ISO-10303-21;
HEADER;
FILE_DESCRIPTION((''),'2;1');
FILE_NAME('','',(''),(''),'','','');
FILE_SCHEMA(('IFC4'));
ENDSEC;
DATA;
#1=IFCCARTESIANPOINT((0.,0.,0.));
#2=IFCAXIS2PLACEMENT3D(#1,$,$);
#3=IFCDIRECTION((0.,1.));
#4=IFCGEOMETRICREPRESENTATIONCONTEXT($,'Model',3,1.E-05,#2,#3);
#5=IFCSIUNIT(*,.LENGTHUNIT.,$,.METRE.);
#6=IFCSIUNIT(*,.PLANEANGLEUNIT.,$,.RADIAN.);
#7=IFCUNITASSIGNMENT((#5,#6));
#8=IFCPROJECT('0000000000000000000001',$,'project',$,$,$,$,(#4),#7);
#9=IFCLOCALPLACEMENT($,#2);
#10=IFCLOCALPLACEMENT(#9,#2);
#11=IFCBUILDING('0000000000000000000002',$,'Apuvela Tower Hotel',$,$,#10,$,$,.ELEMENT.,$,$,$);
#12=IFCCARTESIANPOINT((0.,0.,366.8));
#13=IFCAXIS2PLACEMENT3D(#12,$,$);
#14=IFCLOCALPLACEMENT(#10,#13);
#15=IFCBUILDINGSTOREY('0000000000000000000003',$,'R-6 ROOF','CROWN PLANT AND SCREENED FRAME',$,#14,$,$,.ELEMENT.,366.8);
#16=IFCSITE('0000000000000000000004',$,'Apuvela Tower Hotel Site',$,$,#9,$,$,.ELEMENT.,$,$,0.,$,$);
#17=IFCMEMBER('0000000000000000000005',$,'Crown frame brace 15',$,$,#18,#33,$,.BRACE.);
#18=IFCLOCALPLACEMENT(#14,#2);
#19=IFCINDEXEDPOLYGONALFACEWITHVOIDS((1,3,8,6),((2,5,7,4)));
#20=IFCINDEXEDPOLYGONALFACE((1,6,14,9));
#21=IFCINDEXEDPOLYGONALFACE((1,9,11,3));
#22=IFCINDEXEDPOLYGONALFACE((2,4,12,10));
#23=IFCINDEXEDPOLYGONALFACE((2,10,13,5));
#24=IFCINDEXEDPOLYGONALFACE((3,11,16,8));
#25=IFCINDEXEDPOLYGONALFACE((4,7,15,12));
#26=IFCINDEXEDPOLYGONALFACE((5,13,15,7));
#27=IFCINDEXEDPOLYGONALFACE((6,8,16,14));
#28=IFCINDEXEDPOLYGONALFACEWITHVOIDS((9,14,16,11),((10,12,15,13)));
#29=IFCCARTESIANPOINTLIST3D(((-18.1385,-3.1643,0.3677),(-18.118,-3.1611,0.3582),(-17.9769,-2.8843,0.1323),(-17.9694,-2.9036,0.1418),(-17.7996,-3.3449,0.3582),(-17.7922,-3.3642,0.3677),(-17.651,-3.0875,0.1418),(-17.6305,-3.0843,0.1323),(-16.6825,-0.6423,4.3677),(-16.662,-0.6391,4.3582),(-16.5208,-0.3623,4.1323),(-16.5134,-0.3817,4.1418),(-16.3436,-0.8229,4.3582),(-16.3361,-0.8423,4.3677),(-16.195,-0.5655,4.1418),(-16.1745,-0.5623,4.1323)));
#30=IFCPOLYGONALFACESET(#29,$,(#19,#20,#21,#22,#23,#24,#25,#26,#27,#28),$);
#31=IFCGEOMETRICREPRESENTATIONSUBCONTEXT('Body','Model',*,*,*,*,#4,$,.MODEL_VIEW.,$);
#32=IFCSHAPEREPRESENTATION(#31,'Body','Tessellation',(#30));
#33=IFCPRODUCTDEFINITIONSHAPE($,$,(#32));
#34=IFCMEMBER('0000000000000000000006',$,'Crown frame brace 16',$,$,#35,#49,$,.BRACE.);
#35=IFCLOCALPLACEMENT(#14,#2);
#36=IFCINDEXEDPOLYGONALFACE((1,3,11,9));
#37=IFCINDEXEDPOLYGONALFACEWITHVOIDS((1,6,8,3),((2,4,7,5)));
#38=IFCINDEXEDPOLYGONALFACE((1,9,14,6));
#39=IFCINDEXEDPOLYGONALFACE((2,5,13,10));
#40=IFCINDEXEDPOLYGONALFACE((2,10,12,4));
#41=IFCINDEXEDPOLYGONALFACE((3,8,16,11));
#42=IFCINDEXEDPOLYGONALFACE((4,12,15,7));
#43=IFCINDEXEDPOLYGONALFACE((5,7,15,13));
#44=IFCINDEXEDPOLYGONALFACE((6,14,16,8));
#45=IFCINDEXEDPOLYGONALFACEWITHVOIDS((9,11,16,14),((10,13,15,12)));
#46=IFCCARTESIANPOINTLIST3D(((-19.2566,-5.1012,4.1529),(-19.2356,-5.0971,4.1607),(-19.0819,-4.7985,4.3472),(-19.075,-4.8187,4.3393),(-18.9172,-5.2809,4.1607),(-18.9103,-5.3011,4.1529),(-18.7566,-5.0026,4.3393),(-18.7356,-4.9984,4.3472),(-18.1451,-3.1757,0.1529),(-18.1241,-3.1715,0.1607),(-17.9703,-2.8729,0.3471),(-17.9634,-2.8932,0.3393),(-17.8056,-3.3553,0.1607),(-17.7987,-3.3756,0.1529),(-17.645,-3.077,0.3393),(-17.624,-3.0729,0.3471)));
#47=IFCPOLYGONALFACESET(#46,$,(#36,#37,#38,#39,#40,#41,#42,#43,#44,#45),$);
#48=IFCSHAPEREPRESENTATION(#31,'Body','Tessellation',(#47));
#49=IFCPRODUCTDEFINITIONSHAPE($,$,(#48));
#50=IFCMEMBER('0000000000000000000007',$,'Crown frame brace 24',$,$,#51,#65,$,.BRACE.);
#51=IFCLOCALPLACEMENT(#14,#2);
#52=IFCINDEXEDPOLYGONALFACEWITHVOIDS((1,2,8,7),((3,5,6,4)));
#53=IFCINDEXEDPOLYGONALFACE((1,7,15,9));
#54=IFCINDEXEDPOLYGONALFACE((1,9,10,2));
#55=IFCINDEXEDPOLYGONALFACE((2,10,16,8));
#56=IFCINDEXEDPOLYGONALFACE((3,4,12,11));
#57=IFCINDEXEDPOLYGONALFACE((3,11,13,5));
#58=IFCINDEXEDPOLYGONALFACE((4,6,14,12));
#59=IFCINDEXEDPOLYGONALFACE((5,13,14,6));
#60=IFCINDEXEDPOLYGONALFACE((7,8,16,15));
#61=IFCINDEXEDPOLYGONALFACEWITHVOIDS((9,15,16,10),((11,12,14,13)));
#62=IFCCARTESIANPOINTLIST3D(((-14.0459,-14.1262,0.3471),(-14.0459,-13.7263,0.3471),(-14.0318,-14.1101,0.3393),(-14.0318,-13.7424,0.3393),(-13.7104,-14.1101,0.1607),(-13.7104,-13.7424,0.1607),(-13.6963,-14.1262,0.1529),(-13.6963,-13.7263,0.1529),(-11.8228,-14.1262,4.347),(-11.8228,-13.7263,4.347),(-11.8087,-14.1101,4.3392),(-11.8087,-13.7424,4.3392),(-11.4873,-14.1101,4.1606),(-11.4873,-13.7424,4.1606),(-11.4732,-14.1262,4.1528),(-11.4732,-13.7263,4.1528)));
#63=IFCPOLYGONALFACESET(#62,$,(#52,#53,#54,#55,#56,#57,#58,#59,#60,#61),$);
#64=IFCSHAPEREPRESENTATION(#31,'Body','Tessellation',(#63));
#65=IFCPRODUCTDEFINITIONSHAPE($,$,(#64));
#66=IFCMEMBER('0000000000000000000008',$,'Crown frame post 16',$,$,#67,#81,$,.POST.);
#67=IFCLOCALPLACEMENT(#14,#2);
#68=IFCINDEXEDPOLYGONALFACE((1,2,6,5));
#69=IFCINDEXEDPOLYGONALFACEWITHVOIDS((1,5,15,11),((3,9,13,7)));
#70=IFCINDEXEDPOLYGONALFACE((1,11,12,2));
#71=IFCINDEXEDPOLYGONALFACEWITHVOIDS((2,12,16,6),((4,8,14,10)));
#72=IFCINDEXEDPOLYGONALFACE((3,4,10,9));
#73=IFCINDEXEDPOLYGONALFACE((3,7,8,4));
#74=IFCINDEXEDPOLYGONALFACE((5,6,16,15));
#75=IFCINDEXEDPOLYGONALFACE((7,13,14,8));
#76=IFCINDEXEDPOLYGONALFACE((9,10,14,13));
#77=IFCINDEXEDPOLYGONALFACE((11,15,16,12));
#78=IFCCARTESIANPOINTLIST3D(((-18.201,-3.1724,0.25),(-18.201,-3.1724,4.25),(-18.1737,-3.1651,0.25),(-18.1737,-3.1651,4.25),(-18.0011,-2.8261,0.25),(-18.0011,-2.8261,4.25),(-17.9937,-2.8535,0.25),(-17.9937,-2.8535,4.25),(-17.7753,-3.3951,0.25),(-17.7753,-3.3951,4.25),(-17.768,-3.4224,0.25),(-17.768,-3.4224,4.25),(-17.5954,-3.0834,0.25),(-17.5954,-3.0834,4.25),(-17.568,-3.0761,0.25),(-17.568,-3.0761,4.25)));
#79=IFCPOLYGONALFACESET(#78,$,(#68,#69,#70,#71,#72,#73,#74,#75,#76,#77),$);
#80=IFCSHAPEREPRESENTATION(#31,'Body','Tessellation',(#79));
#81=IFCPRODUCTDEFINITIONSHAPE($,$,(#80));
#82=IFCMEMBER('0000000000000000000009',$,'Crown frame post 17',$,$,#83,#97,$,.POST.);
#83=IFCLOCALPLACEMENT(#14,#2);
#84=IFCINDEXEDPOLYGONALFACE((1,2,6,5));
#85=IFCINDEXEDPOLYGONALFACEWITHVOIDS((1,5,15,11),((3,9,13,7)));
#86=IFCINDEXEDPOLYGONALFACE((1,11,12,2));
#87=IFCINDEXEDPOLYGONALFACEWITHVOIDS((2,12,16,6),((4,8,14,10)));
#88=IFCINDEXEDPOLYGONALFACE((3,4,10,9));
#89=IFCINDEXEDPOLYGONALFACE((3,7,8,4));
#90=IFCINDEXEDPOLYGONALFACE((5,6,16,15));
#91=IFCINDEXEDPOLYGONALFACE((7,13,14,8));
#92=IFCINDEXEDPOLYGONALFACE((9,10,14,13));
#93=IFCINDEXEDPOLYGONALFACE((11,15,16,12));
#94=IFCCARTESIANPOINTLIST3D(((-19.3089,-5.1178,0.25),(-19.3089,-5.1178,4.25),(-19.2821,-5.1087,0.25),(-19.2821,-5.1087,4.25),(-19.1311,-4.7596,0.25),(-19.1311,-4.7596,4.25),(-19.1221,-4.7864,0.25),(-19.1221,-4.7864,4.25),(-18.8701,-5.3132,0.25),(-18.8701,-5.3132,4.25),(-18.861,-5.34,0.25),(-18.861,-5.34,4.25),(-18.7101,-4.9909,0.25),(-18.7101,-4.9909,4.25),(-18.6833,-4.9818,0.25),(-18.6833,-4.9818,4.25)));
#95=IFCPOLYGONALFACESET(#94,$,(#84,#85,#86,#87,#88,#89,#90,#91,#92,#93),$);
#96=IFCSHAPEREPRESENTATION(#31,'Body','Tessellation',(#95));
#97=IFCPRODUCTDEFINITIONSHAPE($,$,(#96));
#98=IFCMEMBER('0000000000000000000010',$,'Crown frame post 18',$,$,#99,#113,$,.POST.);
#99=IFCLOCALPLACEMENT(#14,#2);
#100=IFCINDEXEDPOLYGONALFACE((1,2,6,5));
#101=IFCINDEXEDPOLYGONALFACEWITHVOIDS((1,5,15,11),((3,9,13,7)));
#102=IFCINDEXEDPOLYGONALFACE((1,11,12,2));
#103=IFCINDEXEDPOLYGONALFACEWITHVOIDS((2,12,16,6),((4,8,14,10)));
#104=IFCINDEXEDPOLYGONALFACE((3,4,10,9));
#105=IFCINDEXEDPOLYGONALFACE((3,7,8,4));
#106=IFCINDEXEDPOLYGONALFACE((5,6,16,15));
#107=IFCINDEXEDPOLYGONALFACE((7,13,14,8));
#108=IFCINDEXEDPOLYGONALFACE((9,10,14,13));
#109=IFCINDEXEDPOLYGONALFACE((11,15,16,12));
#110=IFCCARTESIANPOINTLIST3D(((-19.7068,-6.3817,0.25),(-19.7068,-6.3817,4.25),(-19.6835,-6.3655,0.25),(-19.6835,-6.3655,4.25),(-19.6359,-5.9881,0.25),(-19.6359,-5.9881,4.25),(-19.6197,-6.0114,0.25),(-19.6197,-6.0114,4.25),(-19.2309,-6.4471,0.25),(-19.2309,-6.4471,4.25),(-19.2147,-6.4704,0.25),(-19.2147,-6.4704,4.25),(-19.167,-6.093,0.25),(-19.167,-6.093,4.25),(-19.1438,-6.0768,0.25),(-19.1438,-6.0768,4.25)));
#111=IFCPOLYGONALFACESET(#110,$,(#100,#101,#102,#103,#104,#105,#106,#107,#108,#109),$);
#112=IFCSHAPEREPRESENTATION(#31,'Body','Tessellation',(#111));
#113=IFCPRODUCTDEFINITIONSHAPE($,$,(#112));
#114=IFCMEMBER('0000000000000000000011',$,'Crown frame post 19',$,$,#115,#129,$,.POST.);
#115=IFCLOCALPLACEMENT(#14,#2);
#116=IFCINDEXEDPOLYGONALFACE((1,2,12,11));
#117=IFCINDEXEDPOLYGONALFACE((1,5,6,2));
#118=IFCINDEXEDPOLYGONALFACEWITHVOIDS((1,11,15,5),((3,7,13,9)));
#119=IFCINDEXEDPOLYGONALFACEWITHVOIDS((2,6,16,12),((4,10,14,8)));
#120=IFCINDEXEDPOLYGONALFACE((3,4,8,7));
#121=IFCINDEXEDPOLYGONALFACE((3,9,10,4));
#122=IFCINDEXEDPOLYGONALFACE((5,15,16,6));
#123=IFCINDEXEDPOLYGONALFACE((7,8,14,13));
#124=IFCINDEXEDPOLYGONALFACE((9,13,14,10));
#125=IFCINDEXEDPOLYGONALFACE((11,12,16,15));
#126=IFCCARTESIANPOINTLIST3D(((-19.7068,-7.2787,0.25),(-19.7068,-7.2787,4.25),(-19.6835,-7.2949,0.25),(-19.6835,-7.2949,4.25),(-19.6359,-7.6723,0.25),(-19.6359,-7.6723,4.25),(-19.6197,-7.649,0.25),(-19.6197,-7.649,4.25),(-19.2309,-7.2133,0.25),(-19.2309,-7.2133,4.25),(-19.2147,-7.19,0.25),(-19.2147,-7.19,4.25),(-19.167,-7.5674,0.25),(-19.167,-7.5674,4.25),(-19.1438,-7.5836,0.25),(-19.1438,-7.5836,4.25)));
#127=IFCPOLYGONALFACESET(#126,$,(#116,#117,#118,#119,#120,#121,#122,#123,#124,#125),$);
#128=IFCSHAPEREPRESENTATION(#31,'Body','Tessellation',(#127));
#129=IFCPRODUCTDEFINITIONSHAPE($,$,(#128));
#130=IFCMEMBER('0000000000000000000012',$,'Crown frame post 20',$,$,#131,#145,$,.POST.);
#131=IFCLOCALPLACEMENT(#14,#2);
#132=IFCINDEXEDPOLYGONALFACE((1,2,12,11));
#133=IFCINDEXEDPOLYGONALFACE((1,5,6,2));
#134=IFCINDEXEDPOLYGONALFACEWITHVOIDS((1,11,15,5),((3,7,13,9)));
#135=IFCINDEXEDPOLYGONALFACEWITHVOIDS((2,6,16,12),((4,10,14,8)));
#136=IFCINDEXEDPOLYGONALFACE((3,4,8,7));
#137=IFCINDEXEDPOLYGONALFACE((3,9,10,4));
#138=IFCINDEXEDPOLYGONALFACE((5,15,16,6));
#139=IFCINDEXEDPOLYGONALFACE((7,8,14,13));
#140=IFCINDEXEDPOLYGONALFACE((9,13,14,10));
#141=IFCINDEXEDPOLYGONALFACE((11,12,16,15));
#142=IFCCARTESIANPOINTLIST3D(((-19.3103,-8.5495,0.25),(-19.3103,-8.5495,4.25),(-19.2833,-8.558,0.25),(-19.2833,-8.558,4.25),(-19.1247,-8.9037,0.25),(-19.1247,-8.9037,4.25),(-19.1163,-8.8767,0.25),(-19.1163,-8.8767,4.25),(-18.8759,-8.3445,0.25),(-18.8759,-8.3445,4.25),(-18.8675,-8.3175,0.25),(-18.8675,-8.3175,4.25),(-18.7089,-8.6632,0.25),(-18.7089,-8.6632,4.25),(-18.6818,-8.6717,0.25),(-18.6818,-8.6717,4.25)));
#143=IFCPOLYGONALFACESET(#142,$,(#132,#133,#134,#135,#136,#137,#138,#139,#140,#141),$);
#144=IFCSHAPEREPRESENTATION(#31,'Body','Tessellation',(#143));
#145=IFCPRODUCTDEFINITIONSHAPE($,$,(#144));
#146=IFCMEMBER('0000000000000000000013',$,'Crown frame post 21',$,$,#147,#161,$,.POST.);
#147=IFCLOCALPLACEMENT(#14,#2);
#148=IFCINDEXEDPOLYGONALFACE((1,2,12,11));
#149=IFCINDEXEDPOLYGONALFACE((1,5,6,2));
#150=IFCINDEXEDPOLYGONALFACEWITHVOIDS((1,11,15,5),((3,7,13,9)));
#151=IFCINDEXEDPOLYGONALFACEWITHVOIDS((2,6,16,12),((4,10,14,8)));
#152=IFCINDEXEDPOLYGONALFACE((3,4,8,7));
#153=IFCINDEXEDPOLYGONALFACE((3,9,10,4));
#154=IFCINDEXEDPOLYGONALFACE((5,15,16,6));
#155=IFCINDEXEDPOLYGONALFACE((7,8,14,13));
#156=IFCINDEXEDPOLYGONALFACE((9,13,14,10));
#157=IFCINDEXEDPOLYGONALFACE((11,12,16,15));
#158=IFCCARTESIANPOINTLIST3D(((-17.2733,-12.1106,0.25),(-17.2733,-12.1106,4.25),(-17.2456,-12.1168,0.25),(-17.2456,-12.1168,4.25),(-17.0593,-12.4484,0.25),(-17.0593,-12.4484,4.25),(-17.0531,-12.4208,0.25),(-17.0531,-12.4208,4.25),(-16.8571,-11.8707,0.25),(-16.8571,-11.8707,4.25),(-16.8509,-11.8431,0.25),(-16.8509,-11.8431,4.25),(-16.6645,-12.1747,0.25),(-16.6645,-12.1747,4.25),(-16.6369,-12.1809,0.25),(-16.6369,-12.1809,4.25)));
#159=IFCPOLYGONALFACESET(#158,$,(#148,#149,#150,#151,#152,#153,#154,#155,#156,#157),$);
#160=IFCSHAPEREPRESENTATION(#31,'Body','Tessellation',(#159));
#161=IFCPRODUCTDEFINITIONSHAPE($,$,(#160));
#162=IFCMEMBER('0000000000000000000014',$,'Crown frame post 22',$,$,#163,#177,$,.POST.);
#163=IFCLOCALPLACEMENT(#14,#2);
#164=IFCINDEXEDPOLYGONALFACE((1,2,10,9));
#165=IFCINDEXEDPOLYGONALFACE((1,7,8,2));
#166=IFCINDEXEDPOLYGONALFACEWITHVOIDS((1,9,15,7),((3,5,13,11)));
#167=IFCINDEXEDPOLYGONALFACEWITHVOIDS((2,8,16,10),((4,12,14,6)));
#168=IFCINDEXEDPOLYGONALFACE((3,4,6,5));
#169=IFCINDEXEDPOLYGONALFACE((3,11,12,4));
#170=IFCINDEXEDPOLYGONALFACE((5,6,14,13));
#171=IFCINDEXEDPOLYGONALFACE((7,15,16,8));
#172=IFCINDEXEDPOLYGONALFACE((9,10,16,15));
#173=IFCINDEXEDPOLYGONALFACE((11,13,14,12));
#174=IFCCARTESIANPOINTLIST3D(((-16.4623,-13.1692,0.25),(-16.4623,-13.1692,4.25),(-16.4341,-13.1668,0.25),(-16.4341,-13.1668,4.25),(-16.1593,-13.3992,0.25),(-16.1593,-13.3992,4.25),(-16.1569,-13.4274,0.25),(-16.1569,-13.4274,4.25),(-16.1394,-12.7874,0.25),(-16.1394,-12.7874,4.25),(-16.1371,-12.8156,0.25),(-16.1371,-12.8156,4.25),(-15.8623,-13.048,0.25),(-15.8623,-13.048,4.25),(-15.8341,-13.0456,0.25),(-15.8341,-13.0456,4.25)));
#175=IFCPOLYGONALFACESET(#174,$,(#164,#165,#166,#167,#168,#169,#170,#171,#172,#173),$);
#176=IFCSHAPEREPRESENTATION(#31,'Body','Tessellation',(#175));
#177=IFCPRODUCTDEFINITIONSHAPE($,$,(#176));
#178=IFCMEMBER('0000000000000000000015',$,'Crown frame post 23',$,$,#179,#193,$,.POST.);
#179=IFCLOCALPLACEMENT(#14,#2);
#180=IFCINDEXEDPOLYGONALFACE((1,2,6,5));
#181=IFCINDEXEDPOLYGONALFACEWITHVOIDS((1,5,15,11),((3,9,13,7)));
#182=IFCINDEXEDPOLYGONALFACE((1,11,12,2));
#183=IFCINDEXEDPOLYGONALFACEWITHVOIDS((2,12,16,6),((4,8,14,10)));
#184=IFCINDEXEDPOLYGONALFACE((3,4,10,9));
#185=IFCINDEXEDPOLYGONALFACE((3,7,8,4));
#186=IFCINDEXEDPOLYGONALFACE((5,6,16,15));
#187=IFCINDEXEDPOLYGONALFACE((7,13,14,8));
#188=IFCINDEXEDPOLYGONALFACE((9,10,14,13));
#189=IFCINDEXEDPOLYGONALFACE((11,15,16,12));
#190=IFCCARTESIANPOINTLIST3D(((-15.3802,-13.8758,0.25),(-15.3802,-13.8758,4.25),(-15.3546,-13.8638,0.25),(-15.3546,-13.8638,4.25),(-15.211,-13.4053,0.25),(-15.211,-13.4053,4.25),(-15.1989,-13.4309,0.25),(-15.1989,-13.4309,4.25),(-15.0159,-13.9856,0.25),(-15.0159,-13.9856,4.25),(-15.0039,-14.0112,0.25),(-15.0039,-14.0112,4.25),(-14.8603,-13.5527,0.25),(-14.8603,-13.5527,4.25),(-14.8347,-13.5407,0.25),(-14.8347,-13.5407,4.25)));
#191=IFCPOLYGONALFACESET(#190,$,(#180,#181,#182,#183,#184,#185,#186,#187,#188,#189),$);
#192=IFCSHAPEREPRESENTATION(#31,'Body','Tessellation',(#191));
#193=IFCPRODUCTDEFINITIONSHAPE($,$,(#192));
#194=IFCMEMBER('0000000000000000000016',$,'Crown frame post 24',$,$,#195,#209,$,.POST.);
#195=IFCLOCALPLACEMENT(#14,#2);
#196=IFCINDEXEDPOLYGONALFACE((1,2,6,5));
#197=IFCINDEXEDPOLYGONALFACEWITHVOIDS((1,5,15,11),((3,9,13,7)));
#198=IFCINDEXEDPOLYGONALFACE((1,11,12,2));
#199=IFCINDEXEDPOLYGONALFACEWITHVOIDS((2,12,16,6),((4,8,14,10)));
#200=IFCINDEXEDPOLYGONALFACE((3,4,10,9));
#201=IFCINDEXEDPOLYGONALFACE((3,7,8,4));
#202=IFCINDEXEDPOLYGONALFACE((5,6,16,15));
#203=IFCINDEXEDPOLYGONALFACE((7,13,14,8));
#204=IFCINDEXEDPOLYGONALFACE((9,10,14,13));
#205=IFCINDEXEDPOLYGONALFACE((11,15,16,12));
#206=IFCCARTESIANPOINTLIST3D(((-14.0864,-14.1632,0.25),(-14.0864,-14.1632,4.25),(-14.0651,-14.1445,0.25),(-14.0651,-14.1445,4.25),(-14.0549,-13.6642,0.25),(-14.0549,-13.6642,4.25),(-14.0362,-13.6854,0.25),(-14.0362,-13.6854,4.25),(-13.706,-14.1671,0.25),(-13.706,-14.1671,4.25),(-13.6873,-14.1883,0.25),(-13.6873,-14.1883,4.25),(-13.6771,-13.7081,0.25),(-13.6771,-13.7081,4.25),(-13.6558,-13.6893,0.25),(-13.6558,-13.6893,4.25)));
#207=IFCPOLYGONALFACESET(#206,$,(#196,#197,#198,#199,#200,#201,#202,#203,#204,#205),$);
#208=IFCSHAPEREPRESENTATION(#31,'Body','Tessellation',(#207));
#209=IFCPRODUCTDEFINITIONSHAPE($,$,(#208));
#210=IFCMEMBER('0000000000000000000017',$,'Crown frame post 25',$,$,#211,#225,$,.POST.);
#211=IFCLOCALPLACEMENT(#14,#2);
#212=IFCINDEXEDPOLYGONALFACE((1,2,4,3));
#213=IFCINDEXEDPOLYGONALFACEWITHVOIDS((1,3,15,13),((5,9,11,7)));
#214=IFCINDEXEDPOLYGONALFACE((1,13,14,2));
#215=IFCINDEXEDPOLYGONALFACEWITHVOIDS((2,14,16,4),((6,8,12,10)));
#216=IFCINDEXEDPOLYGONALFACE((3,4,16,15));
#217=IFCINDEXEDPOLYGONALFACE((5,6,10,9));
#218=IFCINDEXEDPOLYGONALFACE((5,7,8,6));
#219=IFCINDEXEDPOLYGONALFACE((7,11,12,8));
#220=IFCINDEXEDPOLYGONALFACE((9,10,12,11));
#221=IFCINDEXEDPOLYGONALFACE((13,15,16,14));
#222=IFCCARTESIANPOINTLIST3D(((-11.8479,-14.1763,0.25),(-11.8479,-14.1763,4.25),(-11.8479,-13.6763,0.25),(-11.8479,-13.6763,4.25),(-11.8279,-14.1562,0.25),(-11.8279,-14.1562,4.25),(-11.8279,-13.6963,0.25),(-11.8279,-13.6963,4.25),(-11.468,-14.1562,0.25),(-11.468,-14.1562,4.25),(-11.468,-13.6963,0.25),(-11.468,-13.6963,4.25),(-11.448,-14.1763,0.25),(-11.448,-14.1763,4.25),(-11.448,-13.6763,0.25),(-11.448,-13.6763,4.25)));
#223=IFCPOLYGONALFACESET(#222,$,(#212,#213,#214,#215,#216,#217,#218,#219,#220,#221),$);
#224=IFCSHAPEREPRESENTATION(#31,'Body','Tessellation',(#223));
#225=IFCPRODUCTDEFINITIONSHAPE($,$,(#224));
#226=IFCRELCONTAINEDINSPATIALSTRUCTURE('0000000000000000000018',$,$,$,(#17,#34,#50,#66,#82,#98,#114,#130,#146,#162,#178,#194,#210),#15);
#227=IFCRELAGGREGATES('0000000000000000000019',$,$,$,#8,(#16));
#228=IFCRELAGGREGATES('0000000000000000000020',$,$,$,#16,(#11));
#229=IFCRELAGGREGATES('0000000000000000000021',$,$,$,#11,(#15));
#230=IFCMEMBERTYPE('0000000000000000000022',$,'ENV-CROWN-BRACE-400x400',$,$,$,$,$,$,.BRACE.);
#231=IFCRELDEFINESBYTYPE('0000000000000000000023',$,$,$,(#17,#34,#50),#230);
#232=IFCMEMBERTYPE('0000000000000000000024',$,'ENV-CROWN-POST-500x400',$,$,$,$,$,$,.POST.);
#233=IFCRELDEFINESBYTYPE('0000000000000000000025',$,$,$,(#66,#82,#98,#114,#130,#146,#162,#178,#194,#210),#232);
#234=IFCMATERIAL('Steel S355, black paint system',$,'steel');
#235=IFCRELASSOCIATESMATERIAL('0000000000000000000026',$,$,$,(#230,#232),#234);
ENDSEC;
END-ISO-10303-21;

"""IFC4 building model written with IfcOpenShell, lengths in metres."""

from ifc_helpers import new_model, si_unit, direction, frame, origin, origin_2d, place, context, subcontext, project, spatial, hollow_rectangle, extrude, material, material_profile, profile_set, type_object, element, save


model = new_model("IFC4")

# Units and contexts
model_context = context("Model", 3, precision=1e-05, world=origin(), true_north=direction((0.0, 1.0)))
body_context = subcontext(model_context, "Body", "Model", "MODEL_VIEW")
ifc_project = project(units=[si_unit("LENGTHUNIT", "METRE"), si_unit("PLANEANGLEUNIT", "RADIAN")], contexts=[model_context])

# Site, building, storey
site_placement = place(None, origin())
site = spatial("IfcSite", under=ifc_project, at=site_placement, Name="Apuvela Tower Hotel Site", CompositionType="ELEMENT", RefElevation=0.0)
building_placement = place(site_placement, origin())
building = spatial("IfcBuilding", under=site, at=building_placement, Name="Apuvela Tower Hotel", CompositionType="ELEMENT")
storey_placement = place(building_placement, frame((0.0, 0.0, 366.8)))
storey = spatial("IfcBuildingStorey", under=building, at=storey_placement, Name="R-6 ROOF", Description="CROWN PLANT AND SCREENED FRAME", CompositionType="ELEMENT", Elevation=366.8)

# Members
ifc_material_1 = material(Name="Steel S355, black paint system", Category="steel")
ifc_material_profile_1 = material_profile(ifc_material_1, hollow_rectangle(XDim=0.3999, YDim=0.3999, WallThickness=0.0161, at=origin_2d()), Name="HSS 400x400x16")
ifc_profile_set_1 = profile_set([ifc_material_profile_1], Name="Steel S355, black paint system")
member_type_1 = type_object("IfcMemberType", Name="ENV-CROWN-BRACE-400x400", PredefinedType="BRACE", material=ifc_profile_set_1)
member_1_placement = place(storey_placement, frame((-17.8845, -3.1243, 0.25), z_axis=(0.294285, 0.509719, 0.808445), x_axis=(-0.866026, 0.499998, 0.0)))
element("IfcMember", 1, at=member_1_placement, inside=storey, type_object=member_type_1, Name="Crown frame brace 15", PredefinedType="BRACE", context=body_context, shape_type="SweptSolid", body=[
    extrude(hollow_rectangle(XDim=0.3999, YDim=0.3999, WallThickness=0.0161, at=origin_2d()), origin(), (0.0, 0.0, 1.0), 4.9478),
])
member_2_placement = place(storey_placement, frame((-17.8845, -3.1243, 0.25), z_axis=(-0.242893, -0.420755, 0.874053), x_axis=(0.866052, -0.499954, 0.0)))
element("IfcMember", 2, at=member_2_placement, inside=storey, type_object=member_type_1, Name="Crown frame brace 16", PredefinedType="BRACE", context=body_context, shape_type="SweptSolid", body=[
    extrude(hollow_rectangle(XDim=0.3999, YDim=0.3999, WallThickness=0.0161, at=origin_2d()), origin(), (0.0, 0.0, 1.0), 4.5764),
])
member_3_placement = place(storey_placement, frame((-13.8711, -13.9263, 0.25), z_axis=(0.485797, 0.0, 0.874072), x_axis=(0.0, 1.0, 0.0)))
element("IfcMember", 3, at=member_3_placement, inside=storey, type_object=member_type_1, Name="Crown frame brace 24", PredefinedType="BRACE", context=body_context, shape_type="SweptSolid", body=[
    extrude(hollow_rectangle(XDim=0.3999, YDim=0.3999, WallThickness=0.0161, at=origin_2d()), origin(), (0.0, 0.0, 1.0), 4.5762),
])
ifc_material_profile_2 = material_profile(ifc_material_1, hollow_rectangle(XDim=0.3999, YDim=0.5, WallThickness=0.02, at=origin_2d()), Name="HSS 500x400x20")
ifc_profile_set_2 = profile_set([ifc_material_profile_2], Name="Steel S355, black paint system")
member_type_2 = type_object("IfcMemberType", Name="ENV-CROWN-POST-500x400", PredefinedType="POST", material=ifc_profile_set_2)
for number, where, z_axis, x_axis, name in (
    (4, (-17.8845, -3.1243, 0.25), (0.0, 0.0, 1.0), (-0.5, -0.866025, 0.0), "Crown frame post 16"),
    (5, (-18.9961, -5.0498, 0.25), (0.0, 0.0, 1.0), (-0.444554, -0.895752, 0.0), "Crown frame post 17"),
    (6, (-19.4253, -6.2292, 0.25), (0.0, 0.0, 1.0), (-0.177415, -0.984136, 0.0), "Crown frame post 18"),
    (7, (-19.4253, -7.4312, 0.25), (0.0, 0.0, 1.0), (0.177415, -0.984136, 0.0), "Crown frame post 19"),
    (8, (-18.9961, -8.6106, 0.25), (0.0, 0.0, 1.0), (0.464116, -0.885775, 0.0), "Crown frame post 20"),
    (9, (-16.9551, -12.1458, 0.25), (0.0, 0.0, 1.0), (0.535046, -0.844823, 0.0), "Crown frame post 21"),
    (10, (-16.1482, -13.1074, 0.25), (0.0, 0.0, 1.0), (0.76358, -0.645714, 0.0), "Crown frame post 22"),
    (11, (-15.1074, -13.7083, 0.25), (0.0, 0.0, 1.0), (0.940994, -0.338423, 0.0), "Crown frame post 23"),
    (12, (-13.8711, -13.9263, 0.25), (0.0, 0.0, 1.0), (0.998021, -0.062881, 0.0), "Crown frame post 24"),
    (13, (-11.6479, -13.9263, 0.25), (0.0, 0.0, 1.0), (1.0, 0.0, 0.0), "Crown frame post 25"),
):
    element("IfcMember", number, at=place(storey_placement, frame(where, z_axis=z_axis, x_axis=x_axis)), inside=storey, type_object=member_type_2, Name=name, PredefinedType="POST", context=body_context, shape_type="SweptSolid", body=[
        extrude(hollow_rectangle(XDim=0.3999, YDim=0.5, WallThickness=0.02, at=origin_2d()), origin(), (0.0, 0.0, 1.0), 4.0),
    ])

save(model, "model.ifc")
